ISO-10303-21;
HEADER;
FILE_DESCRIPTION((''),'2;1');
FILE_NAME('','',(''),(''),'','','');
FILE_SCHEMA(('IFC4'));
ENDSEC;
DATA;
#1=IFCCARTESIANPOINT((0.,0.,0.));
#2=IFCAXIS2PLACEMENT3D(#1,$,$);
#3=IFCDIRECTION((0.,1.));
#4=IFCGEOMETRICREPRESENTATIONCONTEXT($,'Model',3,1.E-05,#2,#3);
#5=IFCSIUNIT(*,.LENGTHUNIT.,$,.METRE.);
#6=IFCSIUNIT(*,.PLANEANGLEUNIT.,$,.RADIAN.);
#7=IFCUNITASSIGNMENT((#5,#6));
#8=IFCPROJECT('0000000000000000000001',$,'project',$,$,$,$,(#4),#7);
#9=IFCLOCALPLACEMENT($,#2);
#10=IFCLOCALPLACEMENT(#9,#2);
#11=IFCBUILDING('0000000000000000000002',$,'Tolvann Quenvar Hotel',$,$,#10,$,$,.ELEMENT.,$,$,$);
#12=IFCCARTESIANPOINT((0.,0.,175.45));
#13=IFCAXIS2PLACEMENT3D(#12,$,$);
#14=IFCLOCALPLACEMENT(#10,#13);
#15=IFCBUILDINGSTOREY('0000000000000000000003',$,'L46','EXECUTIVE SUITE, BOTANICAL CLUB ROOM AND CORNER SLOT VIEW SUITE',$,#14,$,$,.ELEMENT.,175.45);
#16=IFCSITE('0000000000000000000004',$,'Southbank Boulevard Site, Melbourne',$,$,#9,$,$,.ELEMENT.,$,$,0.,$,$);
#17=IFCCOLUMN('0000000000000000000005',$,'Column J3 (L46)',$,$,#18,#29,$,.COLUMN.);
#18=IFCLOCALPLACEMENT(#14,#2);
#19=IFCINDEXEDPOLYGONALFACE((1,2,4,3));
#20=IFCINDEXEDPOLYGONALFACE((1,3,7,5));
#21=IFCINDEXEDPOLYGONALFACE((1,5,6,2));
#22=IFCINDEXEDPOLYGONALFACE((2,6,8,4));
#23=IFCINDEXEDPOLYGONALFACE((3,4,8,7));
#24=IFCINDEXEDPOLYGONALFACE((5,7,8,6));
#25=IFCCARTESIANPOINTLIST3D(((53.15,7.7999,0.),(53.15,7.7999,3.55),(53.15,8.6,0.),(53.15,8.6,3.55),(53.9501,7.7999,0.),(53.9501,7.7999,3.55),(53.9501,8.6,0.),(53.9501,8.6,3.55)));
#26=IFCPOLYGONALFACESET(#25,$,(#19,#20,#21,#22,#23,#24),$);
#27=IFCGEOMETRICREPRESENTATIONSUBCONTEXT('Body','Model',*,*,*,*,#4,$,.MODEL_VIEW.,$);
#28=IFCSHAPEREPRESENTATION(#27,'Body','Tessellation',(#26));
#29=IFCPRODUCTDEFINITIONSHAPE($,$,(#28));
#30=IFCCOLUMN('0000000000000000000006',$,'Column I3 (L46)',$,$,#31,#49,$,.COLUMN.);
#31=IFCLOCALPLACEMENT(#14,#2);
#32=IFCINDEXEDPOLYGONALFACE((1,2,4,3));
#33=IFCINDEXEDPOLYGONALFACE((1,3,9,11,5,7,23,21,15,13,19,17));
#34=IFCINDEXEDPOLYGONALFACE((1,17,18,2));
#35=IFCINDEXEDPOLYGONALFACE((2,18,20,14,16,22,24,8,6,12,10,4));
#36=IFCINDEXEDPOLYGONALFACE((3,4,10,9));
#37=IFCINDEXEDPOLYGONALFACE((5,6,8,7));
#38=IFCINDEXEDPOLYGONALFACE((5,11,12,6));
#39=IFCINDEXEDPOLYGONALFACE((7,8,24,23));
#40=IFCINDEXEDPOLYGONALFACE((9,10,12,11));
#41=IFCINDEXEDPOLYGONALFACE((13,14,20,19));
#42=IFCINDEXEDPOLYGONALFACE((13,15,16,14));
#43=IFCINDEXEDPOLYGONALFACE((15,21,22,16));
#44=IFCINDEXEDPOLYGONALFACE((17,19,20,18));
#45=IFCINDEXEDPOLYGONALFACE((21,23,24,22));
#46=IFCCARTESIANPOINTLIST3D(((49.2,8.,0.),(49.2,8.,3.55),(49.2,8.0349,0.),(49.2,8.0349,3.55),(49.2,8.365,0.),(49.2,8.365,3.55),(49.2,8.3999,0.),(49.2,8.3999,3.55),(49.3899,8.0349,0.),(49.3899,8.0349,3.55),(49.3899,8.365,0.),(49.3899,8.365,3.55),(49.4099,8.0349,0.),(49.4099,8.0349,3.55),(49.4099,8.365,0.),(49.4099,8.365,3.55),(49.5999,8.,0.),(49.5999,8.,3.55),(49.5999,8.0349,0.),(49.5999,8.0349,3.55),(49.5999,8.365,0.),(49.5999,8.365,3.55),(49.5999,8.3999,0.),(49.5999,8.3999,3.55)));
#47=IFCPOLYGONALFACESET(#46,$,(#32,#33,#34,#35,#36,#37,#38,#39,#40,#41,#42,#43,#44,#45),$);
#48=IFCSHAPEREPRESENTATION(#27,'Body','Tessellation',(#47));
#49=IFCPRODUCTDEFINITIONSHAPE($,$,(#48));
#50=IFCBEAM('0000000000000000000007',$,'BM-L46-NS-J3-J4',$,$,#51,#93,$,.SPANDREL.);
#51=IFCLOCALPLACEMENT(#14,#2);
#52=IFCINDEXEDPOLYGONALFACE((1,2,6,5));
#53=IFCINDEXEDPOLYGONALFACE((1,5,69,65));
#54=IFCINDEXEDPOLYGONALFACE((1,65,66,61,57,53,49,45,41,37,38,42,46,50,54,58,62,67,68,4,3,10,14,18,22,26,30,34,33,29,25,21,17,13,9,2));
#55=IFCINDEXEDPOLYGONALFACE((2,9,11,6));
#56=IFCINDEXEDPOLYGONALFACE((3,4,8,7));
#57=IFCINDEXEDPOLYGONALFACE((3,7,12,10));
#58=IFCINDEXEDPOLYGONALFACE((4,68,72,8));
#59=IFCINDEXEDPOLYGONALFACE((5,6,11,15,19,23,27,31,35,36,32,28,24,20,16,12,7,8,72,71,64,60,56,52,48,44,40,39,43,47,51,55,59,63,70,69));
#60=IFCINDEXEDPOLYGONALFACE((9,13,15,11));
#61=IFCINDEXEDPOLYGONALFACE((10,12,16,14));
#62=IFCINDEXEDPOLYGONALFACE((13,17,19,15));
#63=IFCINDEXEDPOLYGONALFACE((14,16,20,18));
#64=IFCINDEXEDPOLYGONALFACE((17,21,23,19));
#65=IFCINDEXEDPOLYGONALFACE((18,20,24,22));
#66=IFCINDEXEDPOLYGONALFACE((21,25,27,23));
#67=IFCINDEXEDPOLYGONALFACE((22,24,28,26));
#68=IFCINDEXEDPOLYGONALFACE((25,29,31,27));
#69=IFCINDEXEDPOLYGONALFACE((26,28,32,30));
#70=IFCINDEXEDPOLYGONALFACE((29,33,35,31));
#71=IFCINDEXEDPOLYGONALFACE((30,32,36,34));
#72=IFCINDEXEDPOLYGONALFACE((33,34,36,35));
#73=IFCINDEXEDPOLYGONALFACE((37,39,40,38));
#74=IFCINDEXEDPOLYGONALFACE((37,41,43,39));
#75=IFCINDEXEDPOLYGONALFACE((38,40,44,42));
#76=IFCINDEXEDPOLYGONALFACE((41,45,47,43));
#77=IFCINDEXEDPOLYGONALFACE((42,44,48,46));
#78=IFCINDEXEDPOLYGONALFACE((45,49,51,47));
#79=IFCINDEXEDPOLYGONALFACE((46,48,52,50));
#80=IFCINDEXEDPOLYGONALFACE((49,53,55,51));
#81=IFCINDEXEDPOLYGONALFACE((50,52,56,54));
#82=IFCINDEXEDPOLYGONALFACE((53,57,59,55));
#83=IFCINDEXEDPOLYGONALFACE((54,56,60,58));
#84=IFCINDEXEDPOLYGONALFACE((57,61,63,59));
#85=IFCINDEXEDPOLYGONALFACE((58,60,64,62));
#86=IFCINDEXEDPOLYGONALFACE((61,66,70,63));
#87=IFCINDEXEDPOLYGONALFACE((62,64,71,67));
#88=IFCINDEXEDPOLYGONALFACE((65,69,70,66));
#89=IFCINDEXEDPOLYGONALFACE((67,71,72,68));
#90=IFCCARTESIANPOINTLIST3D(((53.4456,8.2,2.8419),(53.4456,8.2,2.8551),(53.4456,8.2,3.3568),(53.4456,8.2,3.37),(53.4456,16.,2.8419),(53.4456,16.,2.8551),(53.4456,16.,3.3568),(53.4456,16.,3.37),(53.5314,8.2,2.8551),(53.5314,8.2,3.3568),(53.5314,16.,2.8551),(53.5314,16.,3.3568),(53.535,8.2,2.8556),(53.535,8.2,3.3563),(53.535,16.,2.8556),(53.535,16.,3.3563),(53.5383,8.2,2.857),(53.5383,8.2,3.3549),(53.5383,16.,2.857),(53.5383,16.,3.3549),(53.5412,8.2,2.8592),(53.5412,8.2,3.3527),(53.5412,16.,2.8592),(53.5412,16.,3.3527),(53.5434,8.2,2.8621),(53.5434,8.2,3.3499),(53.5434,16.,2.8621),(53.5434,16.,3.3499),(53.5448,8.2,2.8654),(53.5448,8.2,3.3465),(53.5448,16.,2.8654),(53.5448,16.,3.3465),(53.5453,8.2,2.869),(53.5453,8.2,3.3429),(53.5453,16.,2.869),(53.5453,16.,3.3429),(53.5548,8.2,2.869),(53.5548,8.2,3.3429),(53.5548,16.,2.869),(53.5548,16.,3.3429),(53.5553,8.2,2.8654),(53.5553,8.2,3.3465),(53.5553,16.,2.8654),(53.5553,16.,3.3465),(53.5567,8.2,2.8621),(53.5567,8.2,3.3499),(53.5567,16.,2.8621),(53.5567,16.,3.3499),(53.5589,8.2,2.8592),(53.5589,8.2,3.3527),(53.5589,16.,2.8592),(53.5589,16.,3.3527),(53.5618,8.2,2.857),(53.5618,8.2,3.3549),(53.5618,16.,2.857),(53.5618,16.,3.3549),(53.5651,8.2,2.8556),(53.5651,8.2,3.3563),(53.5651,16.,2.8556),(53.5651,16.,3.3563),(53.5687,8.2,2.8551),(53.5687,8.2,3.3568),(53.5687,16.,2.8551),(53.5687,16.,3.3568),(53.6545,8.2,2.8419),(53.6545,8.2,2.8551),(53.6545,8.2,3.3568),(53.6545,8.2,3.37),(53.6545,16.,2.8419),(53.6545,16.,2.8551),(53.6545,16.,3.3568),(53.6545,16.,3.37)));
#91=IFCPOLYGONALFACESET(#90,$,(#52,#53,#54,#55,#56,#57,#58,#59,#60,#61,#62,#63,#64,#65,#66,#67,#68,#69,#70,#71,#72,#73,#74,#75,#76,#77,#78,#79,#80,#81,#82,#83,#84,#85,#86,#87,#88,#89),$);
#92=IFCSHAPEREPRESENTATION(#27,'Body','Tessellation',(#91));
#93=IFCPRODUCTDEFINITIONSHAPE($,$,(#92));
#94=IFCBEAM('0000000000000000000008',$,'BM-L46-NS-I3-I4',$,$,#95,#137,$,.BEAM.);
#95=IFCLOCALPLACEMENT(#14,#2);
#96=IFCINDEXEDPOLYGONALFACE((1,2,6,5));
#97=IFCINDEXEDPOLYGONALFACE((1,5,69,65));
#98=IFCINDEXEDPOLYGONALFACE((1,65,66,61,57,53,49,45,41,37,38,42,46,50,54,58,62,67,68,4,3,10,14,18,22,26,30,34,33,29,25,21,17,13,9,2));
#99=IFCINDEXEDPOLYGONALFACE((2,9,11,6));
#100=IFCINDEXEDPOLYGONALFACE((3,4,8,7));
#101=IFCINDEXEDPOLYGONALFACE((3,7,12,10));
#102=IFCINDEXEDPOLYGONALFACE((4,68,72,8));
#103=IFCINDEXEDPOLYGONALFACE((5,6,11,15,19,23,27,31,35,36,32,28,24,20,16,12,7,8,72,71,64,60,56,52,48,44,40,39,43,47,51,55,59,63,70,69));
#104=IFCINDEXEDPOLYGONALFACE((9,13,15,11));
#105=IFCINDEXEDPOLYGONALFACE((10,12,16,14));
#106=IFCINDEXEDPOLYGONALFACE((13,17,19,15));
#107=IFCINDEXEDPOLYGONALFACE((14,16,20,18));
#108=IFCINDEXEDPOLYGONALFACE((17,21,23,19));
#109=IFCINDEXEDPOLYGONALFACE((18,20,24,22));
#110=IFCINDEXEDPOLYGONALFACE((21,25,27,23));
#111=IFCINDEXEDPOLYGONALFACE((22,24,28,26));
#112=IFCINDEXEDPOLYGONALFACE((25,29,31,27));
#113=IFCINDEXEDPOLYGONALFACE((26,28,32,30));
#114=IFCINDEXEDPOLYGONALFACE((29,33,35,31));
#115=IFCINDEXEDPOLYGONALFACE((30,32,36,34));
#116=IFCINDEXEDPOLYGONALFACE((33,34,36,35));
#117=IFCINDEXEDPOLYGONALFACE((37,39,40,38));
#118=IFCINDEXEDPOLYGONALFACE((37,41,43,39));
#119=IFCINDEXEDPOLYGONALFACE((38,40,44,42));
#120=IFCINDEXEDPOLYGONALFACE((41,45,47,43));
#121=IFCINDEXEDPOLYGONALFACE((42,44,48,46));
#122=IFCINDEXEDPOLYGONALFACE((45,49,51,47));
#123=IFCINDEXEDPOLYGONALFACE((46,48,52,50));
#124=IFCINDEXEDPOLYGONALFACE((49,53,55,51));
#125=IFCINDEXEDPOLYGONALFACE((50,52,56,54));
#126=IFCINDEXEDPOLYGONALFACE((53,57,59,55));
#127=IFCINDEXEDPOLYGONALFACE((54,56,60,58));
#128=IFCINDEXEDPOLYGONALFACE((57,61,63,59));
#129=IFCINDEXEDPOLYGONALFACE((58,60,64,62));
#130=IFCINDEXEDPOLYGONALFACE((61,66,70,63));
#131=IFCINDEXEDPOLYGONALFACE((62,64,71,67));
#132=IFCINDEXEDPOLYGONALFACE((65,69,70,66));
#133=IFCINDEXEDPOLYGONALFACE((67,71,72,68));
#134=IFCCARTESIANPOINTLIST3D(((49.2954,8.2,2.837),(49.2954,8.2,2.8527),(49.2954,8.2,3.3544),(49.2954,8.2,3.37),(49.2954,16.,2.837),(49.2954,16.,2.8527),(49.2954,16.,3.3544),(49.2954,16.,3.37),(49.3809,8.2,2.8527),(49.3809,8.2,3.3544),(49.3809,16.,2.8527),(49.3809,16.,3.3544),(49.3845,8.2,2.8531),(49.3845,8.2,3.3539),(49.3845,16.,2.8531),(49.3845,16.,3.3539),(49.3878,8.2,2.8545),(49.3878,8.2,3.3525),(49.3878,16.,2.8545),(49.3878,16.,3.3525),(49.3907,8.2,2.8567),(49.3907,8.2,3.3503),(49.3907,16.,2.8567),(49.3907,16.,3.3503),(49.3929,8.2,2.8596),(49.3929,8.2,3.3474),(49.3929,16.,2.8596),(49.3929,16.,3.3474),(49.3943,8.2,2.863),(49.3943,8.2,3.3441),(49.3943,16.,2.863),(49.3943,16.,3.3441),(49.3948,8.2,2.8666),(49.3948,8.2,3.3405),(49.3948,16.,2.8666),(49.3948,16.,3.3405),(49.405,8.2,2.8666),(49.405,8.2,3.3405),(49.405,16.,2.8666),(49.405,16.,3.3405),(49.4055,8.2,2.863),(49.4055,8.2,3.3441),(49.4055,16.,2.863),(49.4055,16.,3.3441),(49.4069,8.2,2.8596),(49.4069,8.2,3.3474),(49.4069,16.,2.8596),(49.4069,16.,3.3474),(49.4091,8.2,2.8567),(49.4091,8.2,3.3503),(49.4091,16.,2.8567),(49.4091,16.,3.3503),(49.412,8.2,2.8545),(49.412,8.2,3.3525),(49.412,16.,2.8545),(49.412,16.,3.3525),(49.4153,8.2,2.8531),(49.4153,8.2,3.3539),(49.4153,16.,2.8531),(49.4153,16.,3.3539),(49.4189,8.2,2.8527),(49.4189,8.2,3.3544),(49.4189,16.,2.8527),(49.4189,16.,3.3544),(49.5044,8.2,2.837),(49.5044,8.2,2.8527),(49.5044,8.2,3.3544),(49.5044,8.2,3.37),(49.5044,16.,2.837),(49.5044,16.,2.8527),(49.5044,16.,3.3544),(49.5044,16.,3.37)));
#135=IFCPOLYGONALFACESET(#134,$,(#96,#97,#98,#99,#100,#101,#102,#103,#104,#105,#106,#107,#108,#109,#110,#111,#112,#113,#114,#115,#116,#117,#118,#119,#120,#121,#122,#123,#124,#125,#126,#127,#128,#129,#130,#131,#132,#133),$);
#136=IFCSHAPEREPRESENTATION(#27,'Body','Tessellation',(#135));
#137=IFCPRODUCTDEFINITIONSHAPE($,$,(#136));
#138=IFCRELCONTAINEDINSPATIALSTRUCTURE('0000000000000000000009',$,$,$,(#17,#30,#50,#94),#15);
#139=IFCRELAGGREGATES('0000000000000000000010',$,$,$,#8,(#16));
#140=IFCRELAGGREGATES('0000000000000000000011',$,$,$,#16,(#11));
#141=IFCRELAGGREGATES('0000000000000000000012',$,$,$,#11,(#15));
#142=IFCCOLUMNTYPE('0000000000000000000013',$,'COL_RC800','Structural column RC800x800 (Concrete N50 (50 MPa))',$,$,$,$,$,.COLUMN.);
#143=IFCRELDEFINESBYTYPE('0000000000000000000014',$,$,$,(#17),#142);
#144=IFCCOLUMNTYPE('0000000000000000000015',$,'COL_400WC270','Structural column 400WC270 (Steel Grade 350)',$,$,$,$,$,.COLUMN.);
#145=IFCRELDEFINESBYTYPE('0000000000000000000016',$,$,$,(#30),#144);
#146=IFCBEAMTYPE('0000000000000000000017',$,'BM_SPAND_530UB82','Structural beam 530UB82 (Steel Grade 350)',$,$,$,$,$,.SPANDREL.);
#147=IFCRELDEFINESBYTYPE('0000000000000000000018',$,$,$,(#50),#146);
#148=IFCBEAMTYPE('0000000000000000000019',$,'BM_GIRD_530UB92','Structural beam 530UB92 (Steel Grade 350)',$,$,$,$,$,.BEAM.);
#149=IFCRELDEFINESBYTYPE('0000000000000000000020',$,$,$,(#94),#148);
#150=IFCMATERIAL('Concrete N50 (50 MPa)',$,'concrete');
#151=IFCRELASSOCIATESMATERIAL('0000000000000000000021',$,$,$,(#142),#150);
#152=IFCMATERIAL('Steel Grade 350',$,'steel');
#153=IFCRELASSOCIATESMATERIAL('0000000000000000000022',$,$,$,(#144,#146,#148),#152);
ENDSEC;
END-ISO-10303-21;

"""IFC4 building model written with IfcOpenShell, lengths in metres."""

from ifc_helpers import new_model, si_unit, direction, frame, origin, origin_2d, place, context, subcontext, project, spatial, rectangle, i_section, extrude, source, transform, mapped, material, material_profile, profile_set, type_object, type_shapes, element, save


model = new_model("IFC4")

# Units and contexts
model_context = context("Model", 3, precision=1e-05, world=origin(), true_north=direction((0.0, 1.0)))
body_context = subcontext(model_context, "Body", "Model", "MODEL_VIEW")
ifc_project = project(units=[si_unit("LENGTHUNIT", "METRE"), si_unit("PLANEANGLEUNIT", "RADIAN")], contexts=[model_context])

# Site, building, storey
site_placement = place(None, origin())
site = spatial("IfcSite", under=ifc_project, at=site_placement, Name="Southbank Boulevard Site, Melbourne", CompositionType="ELEMENT", RefElevation=0.0)
building_placement = place(site_placement, origin())
building = spatial("IfcBuilding", under=site, at=building_placement, Name="Tolvann Quenvar Hotel", CompositionType="ELEMENT")
storey_placement = place(building_placement, frame((0.0, 0.0, 175.45)))
storey = spatial("IfcBuildingStorey", under=building, at=storey_placement, Name="L46", Description="EXECUTIVE SUITE, BOTANICAL CLUB ROOM AND CORNER SLOT VIEW SUITE", CompositionType="ELEMENT", Elevation=175.45)

# Columns
ifc_material_1 = material(Name="Concrete N50 (50 MPa)", Category="concrete")
ifc_material_profile_1 = material_profile(ifc_material_1, rectangle(XDim=0.8, YDim=0.8, at=origin_2d()), Name="RC800x800")
ifc_profile_set_1 = profile_set([ifc_material_profile_1], Name="Concrete N50 (50 MPa)")
column_type_1 = type_object("IfcColumnType", Name="COL_RC800", Description="Structural column RC800x800 (Concrete N50 (50 MPa))", PredefinedType="COLUMN", material=ifc_profile_set_1)
shared_shape_1 = source(origin(), body_context, "Body", "SweptSolid", [
    extrude(rectangle(XDim=0.8, YDim=0.8, at=origin_2d()), origin(), (0.0, 0.0, 1.0), 3.55),
])
type_shapes(column_type_1, [shared_shape_1])
column_1_placement = place(storey_placement, frame((53.55, 8.2, 0.0), z_axis=(0.0, 0.0, 1.0), x_axis=(1.0, 0.0, 0.0)))
element("IfcColumn", 1, at=column_1_placement, inside=storey, type_object=column_type_1, Name="Column J3 (L46)", PredefinedType="COLUMN", context=body_context, shape_type="MappedRepresentation", body=[
    mapped(shared_shape_1, transform((0.0, 0.0, 0.0), x_axis=(1.0, 0.0, 0.0), y_axis=(0.0, 1.0, 0.0), z_axis=(0.0, 0.0, 1.0), scale=1.0)),
])
ifc_material_2 = material(Name="Steel Grade 350", Category="steel")
ifc_material_profile_2 = material_profile(ifc_material_2, i_section(OverallWidth=0.3999, OverallDepth=0.3999, WebThickness=0.02, FlangeThickness=0.0349, at=origin_2d()), Name="400WC270")
ifc_profile_set_2 = profile_set([ifc_material_profile_2], Name="Steel Grade 350")
column_type_2 = type_object("IfcColumnType", Name="COL_400WC270", Description="Structural column 400WC270 (Steel Grade 350)", PredefinedType="COLUMN", material=ifc_profile_set_2)
shared_shape_2 = source(origin(), body_context, "Body", "SweptSolid", [
    extrude(i_section(OverallWidth=0.3999, OverallDepth=0.3999, WebThickness=0.02, FlangeThickness=0.0349, at=origin_2d()), origin(), (0.0, 0.0, 1.0), 3.55),
])
type_shapes(column_type_2, [shared_shape_2])
column_2_placement = place(storey_placement, frame((49.3999, 8.2, 0.0), z_axis=(0.0, 0.0, 1.0), x_axis=(1.0, 0.0, 0.0)))
element("IfcColumn", 2, at=column_2_placement, inside=storey, type_object=column_type_2, Name="Column I3 (L46)", PredefinedType="COLUMN", context=body_context, shape_type="MappedRepresentation", body=[
    mapped(shared_shape_2, transform((0.0, 0.0, 0.0), x_axis=(1.0, 0.0, 0.0), y_axis=(0.0, 1.0, 0.0), z_axis=(0.0, 0.0, 1.0), scale=1.0)),
])

# Beams
ifc_material_profile_3 = material_profile(ifc_material_2, i_section(OverallWidth=0.209, OverallDepth=0.5281, WebThickness=0.0095, FlangeThickness=0.0132, FilletRadius=0.0139, at=origin_2d()), Name="530UB82")
ifc_profile_set_3 = profile_set([ifc_material_profile_3], Name="Steel Grade 350")
beam_type_1 = type_object("IfcBeamType", Name="BM_SPAND_530UB82", Description="Structural beam 530UB82 (Steel Grade 350)", PredefinedType="SPANDREL", material=ifc_profile_set_3)
shared_shape_3 = source(origin(), body_context, "Body", "SweptSolid", [
    extrude(i_section(OverallWidth=0.209, OverallDepth=0.5281, WebThickness=0.0095, FlangeThickness=0.0132, FilletRadius=0.0139, at=origin_2d()), origin(), (0.0, 0.0, 1.0), 7.8),
])
type_shapes(beam_type_1, [shared_shape_3])
beam_1_placement = place(storey_placement, frame((53.55, 8.2, 3.106), z_axis=(0.0, 1.0, 0.0), x_axis=(-1.0, 0.0, 0.0)))
element("IfcBeam", 3, at=beam_1_placement, inside=storey, type_object=beam_type_1, Name="BM-L46-NS-J3-J4", PredefinedType="SPANDREL", context=body_context, shape_type="MappedRepresentation", body=[
    mapped(shared_shape_3, transform((0.0, 0.0, 0.0), x_axis=(1.0, 0.0, 0.0), y_axis=(0.0, 1.0, 0.0), z_axis=(0.0, 0.0, 1.0), scale=1.0)),
])
ifc_material_profile_4 = material_profile(ifc_material_2, i_section(OverallWidth=0.209, OverallDepth=0.533, WebThickness=0.0103, FlangeThickness=0.0156, FilletRadius=0.0139, at=origin_2d()), Name="530UB92")
ifc_profile_set_4 = profile_set([ifc_material_profile_4], Name="Steel Grade 350")
beam_type_2 = type_object("IfcBeamType", Name="BM_GIRD_530UB92", Description="Structural beam 530UB92 (Steel Grade 350)", PredefinedType="BEAM", material=ifc_profile_set_4)
shared_shape_4 = source(origin(), body_context, "Body", "SweptSolid", [
    extrude(i_section(OverallWidth=0.209, OverallDepth=0.533, WebThickness=0.0103, FlangeThickness=0.0156, FilletRadius=0.0139, at=origin_2d()), origin(), (0.0, 0.0, 1.0), 7.8),
])
type_shapes(beam_type_2, [shared_shape_4])
beam_2_placement = place(storey_placement, frame((49.3999, 8.2, 3.1035), z_axis=(0.0, 1.0, 0.0), x_axis=(-1.0, 0.0, 0.0)))
element("IfcBeam", 4, at=beam_2_placement, inside=storey, type_object=beam_type_2, Name="BM-L46-NS-I3-I4", PredefinedType="BEAM", context=body_context, shape_type="MappedRepresentation", body=[
    mapped(shared_shape_4, transform((0.0, 0.0, 0.0), x_axis=(1.0, 0.0, 0.0), y_axis=(0.0, 1.0, 0.0), z_axis=(0.0, 0.0, 1.0), scale=1.0)),
])

save(model, "model.ifc")
